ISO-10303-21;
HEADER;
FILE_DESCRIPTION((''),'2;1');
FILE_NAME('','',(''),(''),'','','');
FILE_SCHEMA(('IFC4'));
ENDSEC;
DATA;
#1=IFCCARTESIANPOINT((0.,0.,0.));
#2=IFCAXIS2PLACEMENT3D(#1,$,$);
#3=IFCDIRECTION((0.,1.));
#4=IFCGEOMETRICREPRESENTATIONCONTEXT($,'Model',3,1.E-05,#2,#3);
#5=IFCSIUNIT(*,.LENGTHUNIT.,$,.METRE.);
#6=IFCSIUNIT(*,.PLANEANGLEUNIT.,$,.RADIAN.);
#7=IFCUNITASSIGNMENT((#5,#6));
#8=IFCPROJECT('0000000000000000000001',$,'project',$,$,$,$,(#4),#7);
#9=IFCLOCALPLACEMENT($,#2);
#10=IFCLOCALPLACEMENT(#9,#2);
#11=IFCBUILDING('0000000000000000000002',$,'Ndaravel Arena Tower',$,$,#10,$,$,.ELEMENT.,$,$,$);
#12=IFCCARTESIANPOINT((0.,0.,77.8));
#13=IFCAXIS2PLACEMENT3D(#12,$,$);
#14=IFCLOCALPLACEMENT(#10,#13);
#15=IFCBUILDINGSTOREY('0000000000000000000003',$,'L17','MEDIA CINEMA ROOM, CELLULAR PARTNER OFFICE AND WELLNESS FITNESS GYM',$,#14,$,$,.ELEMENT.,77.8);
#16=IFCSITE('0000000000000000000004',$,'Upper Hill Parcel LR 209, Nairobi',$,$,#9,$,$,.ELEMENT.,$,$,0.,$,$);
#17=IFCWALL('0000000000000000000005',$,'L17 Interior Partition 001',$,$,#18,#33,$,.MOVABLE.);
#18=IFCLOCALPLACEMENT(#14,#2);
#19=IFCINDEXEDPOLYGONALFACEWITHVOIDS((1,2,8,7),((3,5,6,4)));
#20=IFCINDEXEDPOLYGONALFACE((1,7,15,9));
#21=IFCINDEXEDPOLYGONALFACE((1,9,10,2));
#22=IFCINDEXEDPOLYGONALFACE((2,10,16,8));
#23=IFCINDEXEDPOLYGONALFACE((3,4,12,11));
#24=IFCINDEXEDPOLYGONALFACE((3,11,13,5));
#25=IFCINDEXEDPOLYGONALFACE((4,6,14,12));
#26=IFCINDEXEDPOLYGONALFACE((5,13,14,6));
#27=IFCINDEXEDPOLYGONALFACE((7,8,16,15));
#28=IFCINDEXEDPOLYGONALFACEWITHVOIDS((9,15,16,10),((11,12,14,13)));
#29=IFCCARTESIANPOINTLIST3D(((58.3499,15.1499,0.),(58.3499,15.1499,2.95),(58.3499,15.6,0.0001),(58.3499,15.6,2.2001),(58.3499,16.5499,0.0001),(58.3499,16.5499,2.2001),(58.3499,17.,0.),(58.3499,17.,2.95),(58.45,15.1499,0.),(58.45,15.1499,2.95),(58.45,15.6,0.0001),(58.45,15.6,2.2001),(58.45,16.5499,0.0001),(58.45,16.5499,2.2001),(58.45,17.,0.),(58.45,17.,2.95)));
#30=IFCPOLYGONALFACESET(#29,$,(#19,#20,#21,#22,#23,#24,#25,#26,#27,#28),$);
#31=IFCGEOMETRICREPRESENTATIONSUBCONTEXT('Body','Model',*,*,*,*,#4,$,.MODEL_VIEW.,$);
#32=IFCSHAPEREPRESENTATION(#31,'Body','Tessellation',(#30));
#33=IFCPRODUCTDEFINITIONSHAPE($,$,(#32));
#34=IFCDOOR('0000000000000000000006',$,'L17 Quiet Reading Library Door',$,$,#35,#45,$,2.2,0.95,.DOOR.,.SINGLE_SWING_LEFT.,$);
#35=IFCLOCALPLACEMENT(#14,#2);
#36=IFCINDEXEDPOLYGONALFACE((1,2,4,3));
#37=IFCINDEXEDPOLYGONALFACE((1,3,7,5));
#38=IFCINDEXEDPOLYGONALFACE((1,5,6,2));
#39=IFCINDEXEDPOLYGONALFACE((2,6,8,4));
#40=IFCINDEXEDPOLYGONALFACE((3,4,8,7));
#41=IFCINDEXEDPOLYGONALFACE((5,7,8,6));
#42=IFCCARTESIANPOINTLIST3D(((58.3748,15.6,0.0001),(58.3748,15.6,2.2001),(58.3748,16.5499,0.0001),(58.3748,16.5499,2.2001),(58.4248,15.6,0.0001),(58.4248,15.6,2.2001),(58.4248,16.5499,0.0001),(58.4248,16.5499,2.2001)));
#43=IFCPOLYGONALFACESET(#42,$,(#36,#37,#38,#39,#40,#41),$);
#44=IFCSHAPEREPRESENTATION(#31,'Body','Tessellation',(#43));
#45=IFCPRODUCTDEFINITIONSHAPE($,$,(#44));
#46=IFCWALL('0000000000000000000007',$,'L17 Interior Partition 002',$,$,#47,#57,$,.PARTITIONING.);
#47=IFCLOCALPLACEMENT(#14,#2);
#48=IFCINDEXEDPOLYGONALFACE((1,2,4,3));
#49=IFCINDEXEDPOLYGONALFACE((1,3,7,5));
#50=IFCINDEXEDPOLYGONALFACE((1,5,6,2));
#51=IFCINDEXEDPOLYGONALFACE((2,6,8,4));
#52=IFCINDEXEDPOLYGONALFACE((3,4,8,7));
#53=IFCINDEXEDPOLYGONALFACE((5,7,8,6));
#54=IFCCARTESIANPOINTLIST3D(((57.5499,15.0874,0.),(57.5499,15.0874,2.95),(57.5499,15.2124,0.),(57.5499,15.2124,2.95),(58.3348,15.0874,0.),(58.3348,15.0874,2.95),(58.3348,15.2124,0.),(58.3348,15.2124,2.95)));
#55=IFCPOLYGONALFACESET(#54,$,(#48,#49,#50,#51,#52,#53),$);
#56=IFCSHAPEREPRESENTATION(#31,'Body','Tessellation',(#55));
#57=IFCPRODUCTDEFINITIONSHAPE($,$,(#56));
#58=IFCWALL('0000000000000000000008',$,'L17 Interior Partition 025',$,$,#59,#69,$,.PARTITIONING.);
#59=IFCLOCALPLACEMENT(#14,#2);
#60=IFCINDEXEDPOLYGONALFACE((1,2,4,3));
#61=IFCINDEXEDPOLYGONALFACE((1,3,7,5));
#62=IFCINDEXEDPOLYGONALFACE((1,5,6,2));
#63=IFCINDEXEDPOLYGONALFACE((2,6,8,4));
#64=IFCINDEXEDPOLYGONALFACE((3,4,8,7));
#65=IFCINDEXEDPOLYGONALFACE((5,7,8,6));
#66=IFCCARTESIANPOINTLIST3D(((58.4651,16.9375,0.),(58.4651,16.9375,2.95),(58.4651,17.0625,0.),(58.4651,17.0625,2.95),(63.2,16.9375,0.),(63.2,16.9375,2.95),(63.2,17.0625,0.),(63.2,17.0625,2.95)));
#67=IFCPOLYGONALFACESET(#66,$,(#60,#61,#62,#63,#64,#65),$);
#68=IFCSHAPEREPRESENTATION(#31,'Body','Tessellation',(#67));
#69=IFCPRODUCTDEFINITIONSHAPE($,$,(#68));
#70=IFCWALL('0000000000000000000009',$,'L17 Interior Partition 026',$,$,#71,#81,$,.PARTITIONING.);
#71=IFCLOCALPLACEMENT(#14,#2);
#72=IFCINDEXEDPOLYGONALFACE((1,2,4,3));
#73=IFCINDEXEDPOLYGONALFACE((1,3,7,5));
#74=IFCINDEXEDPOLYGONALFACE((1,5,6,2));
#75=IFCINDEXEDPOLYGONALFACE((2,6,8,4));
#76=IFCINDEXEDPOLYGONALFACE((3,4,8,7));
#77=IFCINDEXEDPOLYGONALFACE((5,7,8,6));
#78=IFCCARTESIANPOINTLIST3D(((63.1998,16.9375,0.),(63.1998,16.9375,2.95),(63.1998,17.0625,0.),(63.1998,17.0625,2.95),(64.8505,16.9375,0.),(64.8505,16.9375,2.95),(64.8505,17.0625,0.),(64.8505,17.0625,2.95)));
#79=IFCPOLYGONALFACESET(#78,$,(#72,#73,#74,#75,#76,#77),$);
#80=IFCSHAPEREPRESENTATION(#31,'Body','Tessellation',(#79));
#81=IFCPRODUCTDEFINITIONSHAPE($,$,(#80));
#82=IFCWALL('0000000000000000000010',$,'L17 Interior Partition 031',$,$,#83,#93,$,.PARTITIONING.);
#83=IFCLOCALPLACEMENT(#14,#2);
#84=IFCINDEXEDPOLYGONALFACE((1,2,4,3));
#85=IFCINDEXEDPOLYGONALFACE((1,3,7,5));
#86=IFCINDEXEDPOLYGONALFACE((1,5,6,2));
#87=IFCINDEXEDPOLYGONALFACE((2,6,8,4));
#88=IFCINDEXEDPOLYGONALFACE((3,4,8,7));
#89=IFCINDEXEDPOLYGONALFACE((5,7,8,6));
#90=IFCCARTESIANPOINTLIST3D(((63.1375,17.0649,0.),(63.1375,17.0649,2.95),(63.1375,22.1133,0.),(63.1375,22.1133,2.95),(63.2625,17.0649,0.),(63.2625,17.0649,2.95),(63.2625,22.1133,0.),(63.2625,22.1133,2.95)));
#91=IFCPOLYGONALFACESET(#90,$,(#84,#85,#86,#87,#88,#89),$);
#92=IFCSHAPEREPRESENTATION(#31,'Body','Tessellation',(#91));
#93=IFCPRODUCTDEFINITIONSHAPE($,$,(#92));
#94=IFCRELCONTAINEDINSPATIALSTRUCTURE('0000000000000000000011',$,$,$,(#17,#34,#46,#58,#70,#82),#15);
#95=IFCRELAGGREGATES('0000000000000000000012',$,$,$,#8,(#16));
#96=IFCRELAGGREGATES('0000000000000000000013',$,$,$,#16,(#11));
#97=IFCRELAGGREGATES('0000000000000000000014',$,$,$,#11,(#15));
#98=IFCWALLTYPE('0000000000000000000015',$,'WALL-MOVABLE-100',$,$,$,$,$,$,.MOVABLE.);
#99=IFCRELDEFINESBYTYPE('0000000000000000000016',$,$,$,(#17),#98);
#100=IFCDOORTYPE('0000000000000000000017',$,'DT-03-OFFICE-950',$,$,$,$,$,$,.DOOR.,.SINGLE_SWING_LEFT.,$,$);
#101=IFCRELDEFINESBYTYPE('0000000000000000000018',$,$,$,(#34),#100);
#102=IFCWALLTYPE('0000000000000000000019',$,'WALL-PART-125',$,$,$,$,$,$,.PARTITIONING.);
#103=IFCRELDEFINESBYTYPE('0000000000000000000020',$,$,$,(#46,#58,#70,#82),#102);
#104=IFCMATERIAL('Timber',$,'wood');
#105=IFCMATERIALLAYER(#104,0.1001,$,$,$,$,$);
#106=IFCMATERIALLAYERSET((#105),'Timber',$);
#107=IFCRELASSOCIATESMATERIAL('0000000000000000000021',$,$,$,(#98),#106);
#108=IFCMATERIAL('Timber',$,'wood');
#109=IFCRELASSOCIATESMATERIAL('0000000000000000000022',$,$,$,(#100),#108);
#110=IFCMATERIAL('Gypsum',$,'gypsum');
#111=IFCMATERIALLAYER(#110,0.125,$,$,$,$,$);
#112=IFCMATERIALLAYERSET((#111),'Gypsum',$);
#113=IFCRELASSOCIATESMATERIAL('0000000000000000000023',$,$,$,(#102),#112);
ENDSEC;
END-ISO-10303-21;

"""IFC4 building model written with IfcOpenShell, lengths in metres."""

from ifc_helpers import new_model, si_unit, direction, frame, frame_2d, origin, place, context, subcontext, project, spatial, rectangle, extrude, material, layer, layer_set, type_object, element, fill, save


model = new_model("IFC4")

# Units and contexts
model_context = context("Model", 3, precision=1e-05, world=origin(), true_north=direction((0.0, 1.0)))
body_context = subcontext(model_context, "Body", "Model", "MODEL_VIEW")
ifc_project = project(units=[si_unit("LENGTHUNIT", "METRE"), si_unit("PLANEANGLEUNIT", "RADIAN")], contexts=[model_context])

# Site, building, storey
site_placement = place(None, origin())
site = spatial("IfcSite", under=ifc_project, at=site_placement, Name="Upper Hill Parcel LR 209, Nairobi", CompositionType="ELEMENT", RefElevation=0.0)
building_placement = place(site_placement, origin())
building = spatial("IfcBuilding", under=site, at=building_placement, Name="Ndaravel Arena Tower", CompositionType="ELEMENT")
storey_placement = place(building_placement, frame((0.0, 0.0, 77.8)))
storey = spatial("IfcBuildingStorey", under=building, at=storey_placement, Name="L17", Description="MEDIA CINEMA ROOM, CELLULAR PARTNER OFFICE AND WELLNESS FITNESS GYM", CompositionType="ELEMENT", Elevation=77.8)

# Wall, opening, door
ifc_material_1 = material(Name="Timber", Category="wood")
ifc_layer_1 = layer(ifc_material_1, 0.1001)
ifc_layer_set_1 = layer_set([ifc_layer_1], Name="Timber")
wall_type_1 = type_object("IfcWallType", Name="WALL-MOVABLE-100", PredefinedType="MOVABLE", material=ifc_layer_set_1)
wall_1_placement = place(storey_placement, frame((58.3999, 17.0, 0.0), z_axis=(0.0, 0.0, 1.0), x_axis=(0.0, -1.0, 0.0)))
wall_1 = element("IfcWall", 1, at=wall_1_placement, inside=storey, type_object=wall_type_1, Name="L17 Interior Partition 001", PredefinedType="MOVABLE", context=body_context, shape_type="SweptSolid", body=[
    extrude(rectangle(XDim=1.8501, YDim=0.1001, at=frame_2d((0.925, 0.0))), origin(), (0.0, 0.0, 1.0), 2.95),
])
opening_placement = place(wall_1_placement, frame((0.45, 0.0, 0.0)))
opening = element("IfcOpeningElement", 2, at=opening_placement, cuts=wall_1, PredefinedType="OPENING", context=body_context, shape_type="SweptSolid", body=[
    extrude(rectangle(XDim=0.95, YDim=2.2, at=frame_2d((0.4751, 1.1001))), frame((0.0, 0.05, 0.0), z_axis=(0.0, -1.0, 0.0), x_axis=(1.0, 0.0, 0.0)), (0.0, 0.0, 1.0), 0.1001),
])
ifc_material_2 = material(Name="Timber", Category="wood")
door_type = type_object("IfcDoorType", Name="DT-03-OFFICE-950", OperationType="SINGLE_SWING_LEFT", PredefinedType="DOOR", material=ifc_material_2)
door_placement = place(opening_placement, origin())
door = element("IfcDoor", 3, at=door_placement, inside=storey, type_object=door_type, Name="L17 Quiet Reading Library Door", OperationType="SINGLE_SWING_LEFT", OverallHeight=2.2, OverallWidth=0.95, PredefinedType="DOOR", context=body_context, shape_type="SweptSolid", body=[
    extrude(rectangle(XDim=0.95, YDim=2.2, at=frame_2d((0.4751, 1.1001))), frame((0.0, 0.0249, 0.0), z_axis=(0.0, -1.0, 0.0), x_axis=(1.0, 0.0, 0.0)), (0.0, 0.0, 1.0), 0.05),
])
fill(opening, door)

# Walls
ifc_material_3 = material(Name="Gypsum", Category="gypsum")
ifc_layer_2 = layer(ifc_material_3, 0.125)
ifc_layer_set_2 = layer_set([ifc_layer_2], Name="Gypsum")
wall_type_2 = type_object("IfcWallType", Name="WALL-PART-125", PredefinedType="PARTITIONING", material=ifc_layer_set_2)
wall_2_placement = place(storey_placement, frame((58.335, 15.1499, 0.0), z_axis=(0.0, 0.0, 1.0), x_axis=(-1.0, 0.0, 0.0)))
element("IfcWall", 4, at=wall_2_placement, inside=storey, type_object=wall_type_2, Name="L17 Interior Partition 002", PredefinedType="PARTITIONING", context=body_context, shape_type="SweptSolid", body=[
    extrude(rectangle(XDim=0.7849, YDim=0.125, at=frame_2d((0.3926, 0.0))), origin(), (0.0, 0.0, 1.0), 2.95),
])
wall_3_placement = place(storey_placement, frame((58.4651, 17.0, 0.0), z_axis=(0.0, 0.0, 1.0), x_axis=(1.0, 0.0, 0.0)))
element("IfcWall", 5, at=wall_3_placement, inside=storey, type_object=wall_type_2, Name="L17 Interior Partition 025", PredefinedType="PARTITIONING", context=body_context, shape_type="SweptSolid", body=[
    extrude(rectangle(XDim=4.7349, YDim=0.125, at=frame_2d((2.3674, 0.0))), origin(), (0.0, 0.0, 1.0), 2.95),
])
wall_4_placement = place(storey_placement, frame((63.2, 17.0, 0.0), z_axis=(0.0, 0.0, 1.0), x_axis=(1.0, 0.0, 0.0)))
element("IfcWall", 6, at=wall_4_placement, inside=storey, type_object=wall_type_2, Name="L17 Interior Partition 026", PredefinedType="PARTITIONING", context=body_context, shape_type="SweptSolid", body=[
    extrude(rectangle(XDim=1.6506, YDim=0.125, at=frame_2d((0.8252, 0.0))), origin(), (0.0, 0.0, 1.0), 2.95),
])
wall_5_placement = place(storey_placement, frame((63.2, 22.1133, 0.0), z_axis=(0.0, 0.0, 1.0), x_axis=(0.0, -1.0, 0.0)))
element("IfcWall", 7, at=wall_5_placement, inside=storey, type_object=wall_type_2, Name="L17 Interior Partition 031", PredefinedType="PARTITIONING", context=body_context, shape_type="SweptSolid", body=[
    extrude(rectangle(XDim=5.0483, YDim=0.125, at=frame_2d((2.5242, 0.0))), origin(), (0.0, 0.0, 1.0), 2.95),
])

save(model, "model.ifc")
